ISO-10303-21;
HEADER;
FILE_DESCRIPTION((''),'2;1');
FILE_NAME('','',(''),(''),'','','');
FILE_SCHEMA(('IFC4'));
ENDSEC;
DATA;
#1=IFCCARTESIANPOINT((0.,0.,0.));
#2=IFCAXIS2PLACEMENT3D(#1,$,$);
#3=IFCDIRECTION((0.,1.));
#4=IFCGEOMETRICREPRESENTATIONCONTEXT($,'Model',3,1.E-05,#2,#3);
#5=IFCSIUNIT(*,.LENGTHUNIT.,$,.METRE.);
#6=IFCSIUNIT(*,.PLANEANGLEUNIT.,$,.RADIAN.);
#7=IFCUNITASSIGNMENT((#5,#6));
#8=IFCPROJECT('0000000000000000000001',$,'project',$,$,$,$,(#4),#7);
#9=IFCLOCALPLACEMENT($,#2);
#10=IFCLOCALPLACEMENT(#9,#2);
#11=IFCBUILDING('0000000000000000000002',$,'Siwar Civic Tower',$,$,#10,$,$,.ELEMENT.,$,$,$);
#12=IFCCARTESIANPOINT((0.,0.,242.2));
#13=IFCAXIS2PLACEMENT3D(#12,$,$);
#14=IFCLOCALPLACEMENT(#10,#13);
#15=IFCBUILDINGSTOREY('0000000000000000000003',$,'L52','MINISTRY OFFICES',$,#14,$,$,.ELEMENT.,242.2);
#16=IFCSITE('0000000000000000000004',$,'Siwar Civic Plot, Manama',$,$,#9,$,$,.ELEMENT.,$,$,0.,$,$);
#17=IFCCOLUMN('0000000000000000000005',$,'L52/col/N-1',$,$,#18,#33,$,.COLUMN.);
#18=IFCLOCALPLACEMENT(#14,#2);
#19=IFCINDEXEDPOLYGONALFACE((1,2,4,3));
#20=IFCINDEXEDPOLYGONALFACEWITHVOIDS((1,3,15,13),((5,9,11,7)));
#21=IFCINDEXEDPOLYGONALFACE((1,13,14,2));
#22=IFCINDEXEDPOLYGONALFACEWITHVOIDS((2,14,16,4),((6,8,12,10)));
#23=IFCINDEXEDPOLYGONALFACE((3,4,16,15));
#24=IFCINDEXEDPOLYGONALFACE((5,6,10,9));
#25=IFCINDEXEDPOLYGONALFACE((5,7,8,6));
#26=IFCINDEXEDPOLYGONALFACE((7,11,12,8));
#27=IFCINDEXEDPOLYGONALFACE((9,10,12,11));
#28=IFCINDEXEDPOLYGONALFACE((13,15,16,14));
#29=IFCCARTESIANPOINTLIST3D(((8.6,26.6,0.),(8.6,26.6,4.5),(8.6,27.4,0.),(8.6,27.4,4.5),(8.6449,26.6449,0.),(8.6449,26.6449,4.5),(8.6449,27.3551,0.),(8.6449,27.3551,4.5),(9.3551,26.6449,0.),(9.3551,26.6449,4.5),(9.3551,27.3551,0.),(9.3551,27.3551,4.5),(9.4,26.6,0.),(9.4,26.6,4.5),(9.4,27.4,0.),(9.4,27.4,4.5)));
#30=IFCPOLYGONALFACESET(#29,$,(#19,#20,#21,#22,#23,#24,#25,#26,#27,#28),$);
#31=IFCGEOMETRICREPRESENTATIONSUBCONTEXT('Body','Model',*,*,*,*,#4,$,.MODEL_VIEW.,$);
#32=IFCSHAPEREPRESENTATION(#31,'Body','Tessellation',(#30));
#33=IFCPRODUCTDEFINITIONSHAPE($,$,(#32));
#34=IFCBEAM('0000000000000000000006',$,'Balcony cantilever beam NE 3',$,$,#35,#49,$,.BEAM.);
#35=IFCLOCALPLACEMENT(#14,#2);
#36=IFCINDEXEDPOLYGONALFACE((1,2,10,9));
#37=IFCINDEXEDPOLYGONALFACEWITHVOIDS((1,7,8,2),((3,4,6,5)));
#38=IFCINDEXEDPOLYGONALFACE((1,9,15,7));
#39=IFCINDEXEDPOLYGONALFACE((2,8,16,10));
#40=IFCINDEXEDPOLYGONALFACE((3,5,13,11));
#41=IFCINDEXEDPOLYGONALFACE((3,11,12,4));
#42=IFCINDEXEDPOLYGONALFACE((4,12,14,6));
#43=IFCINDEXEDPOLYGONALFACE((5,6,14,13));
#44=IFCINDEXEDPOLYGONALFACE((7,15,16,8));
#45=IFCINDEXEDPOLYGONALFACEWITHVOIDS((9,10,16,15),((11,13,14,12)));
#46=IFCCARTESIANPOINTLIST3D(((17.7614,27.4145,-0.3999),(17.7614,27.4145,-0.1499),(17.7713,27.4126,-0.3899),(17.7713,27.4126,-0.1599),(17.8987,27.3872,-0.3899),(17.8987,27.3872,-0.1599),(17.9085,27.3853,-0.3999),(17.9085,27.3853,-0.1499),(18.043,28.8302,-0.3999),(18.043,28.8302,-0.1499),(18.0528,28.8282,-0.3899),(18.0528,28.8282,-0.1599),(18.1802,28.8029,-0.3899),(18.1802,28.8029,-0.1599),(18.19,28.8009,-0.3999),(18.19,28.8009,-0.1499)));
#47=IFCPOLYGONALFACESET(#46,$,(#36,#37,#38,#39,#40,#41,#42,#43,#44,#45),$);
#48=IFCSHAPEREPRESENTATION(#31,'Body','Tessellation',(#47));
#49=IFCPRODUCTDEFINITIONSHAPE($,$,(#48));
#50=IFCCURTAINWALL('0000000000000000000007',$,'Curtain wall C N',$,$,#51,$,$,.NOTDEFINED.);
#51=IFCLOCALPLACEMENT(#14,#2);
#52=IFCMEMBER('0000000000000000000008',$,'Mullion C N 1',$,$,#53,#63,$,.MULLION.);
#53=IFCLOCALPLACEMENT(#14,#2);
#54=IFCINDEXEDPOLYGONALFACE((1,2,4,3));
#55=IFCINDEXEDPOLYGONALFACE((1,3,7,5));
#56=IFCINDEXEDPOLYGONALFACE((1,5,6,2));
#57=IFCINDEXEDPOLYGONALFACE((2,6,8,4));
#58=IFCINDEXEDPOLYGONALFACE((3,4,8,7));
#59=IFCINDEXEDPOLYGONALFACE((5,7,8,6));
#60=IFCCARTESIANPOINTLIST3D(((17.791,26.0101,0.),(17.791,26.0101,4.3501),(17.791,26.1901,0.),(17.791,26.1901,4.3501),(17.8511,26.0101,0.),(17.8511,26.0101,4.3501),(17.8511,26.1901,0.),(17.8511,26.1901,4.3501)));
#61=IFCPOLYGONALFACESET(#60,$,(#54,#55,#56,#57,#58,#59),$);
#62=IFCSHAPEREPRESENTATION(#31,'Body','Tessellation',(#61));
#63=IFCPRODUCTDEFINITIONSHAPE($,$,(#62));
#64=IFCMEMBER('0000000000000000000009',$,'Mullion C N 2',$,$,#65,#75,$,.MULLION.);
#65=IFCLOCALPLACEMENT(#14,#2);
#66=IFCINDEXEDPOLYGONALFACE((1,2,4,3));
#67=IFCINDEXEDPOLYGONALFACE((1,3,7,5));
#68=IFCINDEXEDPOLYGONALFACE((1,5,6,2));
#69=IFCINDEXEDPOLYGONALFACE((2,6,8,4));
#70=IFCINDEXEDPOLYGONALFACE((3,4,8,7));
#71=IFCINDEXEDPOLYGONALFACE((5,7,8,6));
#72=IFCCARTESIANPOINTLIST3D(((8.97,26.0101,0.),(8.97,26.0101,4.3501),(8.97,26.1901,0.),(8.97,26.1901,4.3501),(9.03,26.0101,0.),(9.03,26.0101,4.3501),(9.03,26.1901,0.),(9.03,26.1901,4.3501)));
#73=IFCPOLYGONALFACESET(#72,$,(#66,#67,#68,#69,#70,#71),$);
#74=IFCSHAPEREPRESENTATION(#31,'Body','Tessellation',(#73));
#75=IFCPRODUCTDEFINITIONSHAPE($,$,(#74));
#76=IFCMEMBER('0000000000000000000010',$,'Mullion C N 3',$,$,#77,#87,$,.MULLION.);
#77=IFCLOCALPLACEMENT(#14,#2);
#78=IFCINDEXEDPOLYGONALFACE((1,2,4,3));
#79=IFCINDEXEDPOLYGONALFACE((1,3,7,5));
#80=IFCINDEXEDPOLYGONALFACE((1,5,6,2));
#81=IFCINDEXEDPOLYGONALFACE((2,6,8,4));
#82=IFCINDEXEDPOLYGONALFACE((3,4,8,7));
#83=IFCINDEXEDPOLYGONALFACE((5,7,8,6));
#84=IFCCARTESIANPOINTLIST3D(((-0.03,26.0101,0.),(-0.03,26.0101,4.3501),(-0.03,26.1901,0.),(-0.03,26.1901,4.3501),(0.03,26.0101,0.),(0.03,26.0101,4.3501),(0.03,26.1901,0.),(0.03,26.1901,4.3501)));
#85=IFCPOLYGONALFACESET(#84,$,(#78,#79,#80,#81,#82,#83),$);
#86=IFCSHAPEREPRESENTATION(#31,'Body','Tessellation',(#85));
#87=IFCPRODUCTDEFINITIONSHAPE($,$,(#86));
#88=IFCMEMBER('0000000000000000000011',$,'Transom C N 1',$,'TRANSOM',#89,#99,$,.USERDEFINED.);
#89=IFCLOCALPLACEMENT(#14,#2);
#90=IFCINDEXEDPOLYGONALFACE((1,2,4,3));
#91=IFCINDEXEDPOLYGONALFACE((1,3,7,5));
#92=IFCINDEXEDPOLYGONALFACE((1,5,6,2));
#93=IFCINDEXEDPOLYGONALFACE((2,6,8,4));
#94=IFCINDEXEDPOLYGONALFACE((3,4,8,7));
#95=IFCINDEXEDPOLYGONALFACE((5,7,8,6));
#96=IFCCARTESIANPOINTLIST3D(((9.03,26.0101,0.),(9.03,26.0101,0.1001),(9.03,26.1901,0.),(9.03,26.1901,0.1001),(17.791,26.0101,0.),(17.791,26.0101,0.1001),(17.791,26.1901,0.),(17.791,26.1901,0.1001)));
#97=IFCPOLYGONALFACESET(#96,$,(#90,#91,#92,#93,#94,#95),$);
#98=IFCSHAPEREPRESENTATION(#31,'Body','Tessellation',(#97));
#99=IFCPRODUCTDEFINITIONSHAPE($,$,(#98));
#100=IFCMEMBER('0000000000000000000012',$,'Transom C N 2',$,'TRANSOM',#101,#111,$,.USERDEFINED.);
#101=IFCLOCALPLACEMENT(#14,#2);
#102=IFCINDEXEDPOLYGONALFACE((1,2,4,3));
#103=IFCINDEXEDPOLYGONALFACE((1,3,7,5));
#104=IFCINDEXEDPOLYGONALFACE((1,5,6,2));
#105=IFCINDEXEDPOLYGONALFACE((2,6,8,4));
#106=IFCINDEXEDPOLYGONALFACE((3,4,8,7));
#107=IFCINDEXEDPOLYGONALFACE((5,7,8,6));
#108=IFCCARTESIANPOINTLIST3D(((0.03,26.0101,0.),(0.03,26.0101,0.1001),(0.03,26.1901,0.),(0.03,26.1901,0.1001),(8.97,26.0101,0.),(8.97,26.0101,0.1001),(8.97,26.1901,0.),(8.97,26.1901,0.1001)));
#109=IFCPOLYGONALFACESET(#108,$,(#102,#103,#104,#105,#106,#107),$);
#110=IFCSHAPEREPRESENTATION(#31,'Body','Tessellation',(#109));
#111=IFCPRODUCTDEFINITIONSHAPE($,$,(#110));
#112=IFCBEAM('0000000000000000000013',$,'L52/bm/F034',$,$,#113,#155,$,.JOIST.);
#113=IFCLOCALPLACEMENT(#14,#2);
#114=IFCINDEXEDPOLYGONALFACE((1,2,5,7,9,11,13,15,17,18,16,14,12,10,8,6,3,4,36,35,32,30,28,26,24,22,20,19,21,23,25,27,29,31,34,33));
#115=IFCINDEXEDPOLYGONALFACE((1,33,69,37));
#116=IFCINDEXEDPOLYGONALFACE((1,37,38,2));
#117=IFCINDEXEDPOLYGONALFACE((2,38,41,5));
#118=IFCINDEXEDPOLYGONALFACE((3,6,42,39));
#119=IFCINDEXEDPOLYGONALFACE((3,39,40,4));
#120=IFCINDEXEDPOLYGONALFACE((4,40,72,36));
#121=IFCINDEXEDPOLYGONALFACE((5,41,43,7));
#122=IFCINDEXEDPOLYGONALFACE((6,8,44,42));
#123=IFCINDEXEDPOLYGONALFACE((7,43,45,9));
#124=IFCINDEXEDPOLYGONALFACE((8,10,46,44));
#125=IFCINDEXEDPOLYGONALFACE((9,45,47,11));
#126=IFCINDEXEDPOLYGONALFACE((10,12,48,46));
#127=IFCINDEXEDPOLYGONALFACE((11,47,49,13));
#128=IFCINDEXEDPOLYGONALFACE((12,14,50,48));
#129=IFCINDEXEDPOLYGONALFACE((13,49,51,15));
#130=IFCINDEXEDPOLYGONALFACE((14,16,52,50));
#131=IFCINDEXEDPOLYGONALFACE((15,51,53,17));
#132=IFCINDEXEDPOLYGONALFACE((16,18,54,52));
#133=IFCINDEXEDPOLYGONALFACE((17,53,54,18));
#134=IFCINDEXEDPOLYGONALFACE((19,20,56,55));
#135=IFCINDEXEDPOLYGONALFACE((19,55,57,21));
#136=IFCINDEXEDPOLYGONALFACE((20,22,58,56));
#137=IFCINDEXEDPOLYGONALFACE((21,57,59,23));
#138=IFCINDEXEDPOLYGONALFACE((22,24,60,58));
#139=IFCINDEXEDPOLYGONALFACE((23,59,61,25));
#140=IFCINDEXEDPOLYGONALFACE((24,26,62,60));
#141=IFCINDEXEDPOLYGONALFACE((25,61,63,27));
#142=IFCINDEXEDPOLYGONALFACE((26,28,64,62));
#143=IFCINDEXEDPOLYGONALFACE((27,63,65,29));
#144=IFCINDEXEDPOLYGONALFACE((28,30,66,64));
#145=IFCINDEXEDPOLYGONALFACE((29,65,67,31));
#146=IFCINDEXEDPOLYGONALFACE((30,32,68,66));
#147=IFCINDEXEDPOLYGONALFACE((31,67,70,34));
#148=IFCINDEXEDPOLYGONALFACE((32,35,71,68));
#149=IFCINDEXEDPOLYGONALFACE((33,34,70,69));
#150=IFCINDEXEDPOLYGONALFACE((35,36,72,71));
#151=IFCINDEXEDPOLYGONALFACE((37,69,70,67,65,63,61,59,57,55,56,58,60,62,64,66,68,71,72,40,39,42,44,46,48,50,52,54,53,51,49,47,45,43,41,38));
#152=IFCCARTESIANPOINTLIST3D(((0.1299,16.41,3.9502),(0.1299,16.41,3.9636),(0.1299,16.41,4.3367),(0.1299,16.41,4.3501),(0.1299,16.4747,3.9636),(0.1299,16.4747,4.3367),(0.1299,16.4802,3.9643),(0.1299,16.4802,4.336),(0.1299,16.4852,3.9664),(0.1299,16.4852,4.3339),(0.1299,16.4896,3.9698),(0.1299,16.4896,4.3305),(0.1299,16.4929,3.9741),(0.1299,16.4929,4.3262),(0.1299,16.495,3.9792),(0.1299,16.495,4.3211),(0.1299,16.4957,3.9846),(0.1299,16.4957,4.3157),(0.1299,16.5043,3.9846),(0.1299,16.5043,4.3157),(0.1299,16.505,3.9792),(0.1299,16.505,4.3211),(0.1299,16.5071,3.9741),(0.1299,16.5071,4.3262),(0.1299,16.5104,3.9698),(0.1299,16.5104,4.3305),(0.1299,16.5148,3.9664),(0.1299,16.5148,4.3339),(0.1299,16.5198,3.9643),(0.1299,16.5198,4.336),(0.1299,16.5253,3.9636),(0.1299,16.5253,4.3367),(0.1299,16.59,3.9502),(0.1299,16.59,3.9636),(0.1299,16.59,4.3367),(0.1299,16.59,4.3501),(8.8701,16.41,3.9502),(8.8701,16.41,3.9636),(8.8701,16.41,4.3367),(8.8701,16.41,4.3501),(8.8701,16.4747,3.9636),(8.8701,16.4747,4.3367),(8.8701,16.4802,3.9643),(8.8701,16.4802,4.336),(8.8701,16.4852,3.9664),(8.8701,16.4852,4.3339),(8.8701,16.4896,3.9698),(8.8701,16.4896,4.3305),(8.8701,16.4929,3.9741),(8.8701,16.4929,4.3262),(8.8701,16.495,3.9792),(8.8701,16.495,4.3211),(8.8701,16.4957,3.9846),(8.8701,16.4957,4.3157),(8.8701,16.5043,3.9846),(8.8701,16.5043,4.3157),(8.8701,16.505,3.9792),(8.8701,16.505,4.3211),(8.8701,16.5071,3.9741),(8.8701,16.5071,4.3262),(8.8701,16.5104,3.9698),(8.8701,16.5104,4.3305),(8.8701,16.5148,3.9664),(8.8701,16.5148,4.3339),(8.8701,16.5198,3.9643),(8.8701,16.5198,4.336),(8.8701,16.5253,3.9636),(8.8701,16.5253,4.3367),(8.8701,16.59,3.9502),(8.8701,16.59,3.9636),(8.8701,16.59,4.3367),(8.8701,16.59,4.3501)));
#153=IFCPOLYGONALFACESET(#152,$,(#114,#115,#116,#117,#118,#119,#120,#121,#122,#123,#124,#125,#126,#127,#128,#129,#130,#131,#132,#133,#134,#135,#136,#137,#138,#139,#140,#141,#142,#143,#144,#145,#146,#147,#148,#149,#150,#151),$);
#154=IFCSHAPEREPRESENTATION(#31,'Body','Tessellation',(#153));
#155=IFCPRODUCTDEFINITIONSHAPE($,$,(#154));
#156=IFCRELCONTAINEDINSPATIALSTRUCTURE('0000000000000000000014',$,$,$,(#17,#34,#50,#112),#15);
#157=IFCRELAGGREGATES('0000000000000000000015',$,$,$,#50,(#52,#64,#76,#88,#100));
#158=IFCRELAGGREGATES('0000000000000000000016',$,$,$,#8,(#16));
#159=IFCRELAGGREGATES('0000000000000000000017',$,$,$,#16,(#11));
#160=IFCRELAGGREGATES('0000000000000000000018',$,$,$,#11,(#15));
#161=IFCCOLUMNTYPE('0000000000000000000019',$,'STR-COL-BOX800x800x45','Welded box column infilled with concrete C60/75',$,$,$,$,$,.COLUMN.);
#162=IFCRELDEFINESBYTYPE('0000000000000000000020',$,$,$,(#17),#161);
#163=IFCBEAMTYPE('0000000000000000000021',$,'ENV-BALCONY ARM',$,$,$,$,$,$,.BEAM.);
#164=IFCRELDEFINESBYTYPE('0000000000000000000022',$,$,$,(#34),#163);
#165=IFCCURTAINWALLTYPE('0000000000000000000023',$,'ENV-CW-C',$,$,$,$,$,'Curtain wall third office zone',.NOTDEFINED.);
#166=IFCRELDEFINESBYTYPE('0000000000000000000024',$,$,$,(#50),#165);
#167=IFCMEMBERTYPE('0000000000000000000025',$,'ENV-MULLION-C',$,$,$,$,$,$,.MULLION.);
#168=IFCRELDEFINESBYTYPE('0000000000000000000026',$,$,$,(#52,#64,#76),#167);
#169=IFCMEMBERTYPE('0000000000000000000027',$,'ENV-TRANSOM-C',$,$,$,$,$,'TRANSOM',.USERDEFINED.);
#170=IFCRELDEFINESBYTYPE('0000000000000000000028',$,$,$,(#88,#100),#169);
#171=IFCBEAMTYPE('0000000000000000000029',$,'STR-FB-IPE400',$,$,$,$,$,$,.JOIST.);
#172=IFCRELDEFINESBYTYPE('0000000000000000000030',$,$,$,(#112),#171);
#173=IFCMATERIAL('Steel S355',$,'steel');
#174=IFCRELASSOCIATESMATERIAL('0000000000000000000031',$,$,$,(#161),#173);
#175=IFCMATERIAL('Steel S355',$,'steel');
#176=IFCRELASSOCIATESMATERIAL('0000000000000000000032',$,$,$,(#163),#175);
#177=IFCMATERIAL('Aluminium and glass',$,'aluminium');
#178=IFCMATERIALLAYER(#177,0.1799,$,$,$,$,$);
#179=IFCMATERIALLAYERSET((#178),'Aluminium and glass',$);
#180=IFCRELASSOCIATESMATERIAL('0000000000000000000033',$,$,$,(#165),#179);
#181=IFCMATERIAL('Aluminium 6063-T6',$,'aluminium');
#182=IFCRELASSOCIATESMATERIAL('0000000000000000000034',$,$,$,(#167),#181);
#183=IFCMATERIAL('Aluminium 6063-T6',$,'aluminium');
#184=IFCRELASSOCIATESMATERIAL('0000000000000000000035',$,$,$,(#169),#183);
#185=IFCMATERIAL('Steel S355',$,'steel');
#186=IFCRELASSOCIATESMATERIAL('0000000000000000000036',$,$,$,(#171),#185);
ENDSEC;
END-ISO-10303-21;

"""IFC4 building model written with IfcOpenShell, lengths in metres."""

from ifc_helpers import new_model, si_unit, direction, frame, origin, origin_2d, place, context, subcontext, project, spatial, rectangle, hollow_rectangle, i_section, extrude, material, layer, layer_set, material_profile, profile_set, type_object, element, aggregate, save


model = new_model("IFC4")

# Units and contexts
model_context = context("Model", 3, precision=1e-05, world=origin(), true_north=direction((0.0, 1.0)))
body_context = subcontext(model_context, "Body", "Model", "MODEL_VIEW")
ifc_project = project(units=[si_unit("LENGTHUNIT", "METRE"), si_unit("PLANEANGLEUNIT", "RADIAN")], contexts=[model_context])

# Site, building, storey
site_placement = place(None, origin())
site = spatial("IfcSite", under=ifc_project, at=site_placement, Name="Siwar Civic Plot, Manama", CompositionType="ELEMENT", RefElevation=0.0)
building_placement = place(site_placement, origin())
building = spatial("IfcBuilding", under=site, at=building_placement, Name="Siwar Civic Tower", CompositionType="ELEMENT")
storey_placement = place(building_placement, frame((0.0, 0.0, 242.2)))
storey = spatial("IfcBuildingStorey", under=building, at=storey_placement, Name="L52", Description="MINISTRY OFFICES", CompositionType="ELEMENT", Elevation=242.2)

# Column
ifc_material_1 = material(Name="Steel S355", Category="steel")
ifc_material_profile_1 = material_profile(ifc_material_1, hollow_rectangle(XDim=0.8, YDim=0.8, WallThickness=0.0449, at=origin_2d()), Name="BOX800x800x45")
ifc_profile_set_1 = profile_set([ifc_material_profile_1], Name="Steel S355")
column_type = type_object("IfcColumnType", Name="STR-COL-BOX800x800x45", Description="Welded box column infilled with concrete C60/75", PredefinedType="COLUMN", material=ifc_profile_set_1)
column_placement = place(storey_placement, frame((9.0, 27.0, 0.0), z_axis=(0.0, 0.0, 1.0), x_axis=(1.0, 0.0, 0.0)))
element("IfcColumn", 1, at=column_placement, inside=storey, type_object=column_type, Name="L52/col/N-1", PredefinedType="COLUMN", context=body_context, shape_type="SweptSolid", body=[
    extrude(hollow_rectangle(XDim=0.8, YDim=0.8, WallThickness=0.0449, at=origin_2d()), origin(), (0.0, 0.0, 1.0), 4.5),
])

# Beam
ifc_material_2 = material(Name="Steel S355", Category="steel")
ifc_material_profile_2 = material_profile(ifc_material_2, hollow_rectangle(XDim=0.1499, YDim=0.25, WallThickness=0.01, at=origin_2d()), Name="RHS250x150x10")
ifc_profile_set_2 = profile_set([ifc_material_profile_2], Name="Steel S355")
beam_type_1 = type_object("IfcBeamType", Name="ENV-BALCONY ARM", PredefinedType="BEAM", material=ifc_profile_set_2)
beam_1_placement = place(storey_placement, frame((17.835, 27.3999, -0.2749), z_axis=(0.195042, 0.980795, 0.0), x_axis=(-0.980795, 0.195042, 0.0)))
element("IfcBeam", 2, at=beam_1_placement, inside=storey, type_object=beam_type_1, Name="Balcony cantilever beam NE 3", PredefinedType="BEAM", context=body_context, shape_type="SweptSolid", body=[
    extrude(hollow_rectangle(XDim=0.1499, YDim=0.25, WallThickness=0.01, at=origin_2d()), origin(), (0.0, 0.0, 1.0), 1.4434),
])

# Curtain wall, members
ifc_material_3 = material(Name="Aluminium and glass", Category="aluminium")
ifc_layer_1 = layer(ifc_material_3, 0.1799)
ifc_layer_set_1 = layer_set([ifc_layer_1], Name="Aluminium and glass")
curtain_wall_type = type_object("IfcCurtainWallType", Name="ENV-CW-C", ElementType="Curtain wall third office zone", PredefinedType="NOTDEFINED", material=ifc_layer_set_1)
curtain_wall_placement = place(storey_placement, origin())
curtain_wall = element("IfcCurtainWall", 3, at=curtain_wall_placement, inside=storey, type_object=curtain_wall_type, Name="Curtain wall C N", PredefinedType="NOTDEFINED")
ifc_material_4 = material(Name="Aluminium 6063-T6", Category="aluminium")
ifc_material_profile_3 = material_profile(ifc_material_4, rectangle(XDim=0.1799, YDim=0.0601, at=origin_2d()), Name="AL 180x60")
ifc_profile_set_3 = profile_set([ifc_material_profile_3], Name="Aluminium 6063-T6")
member_type_1 = type_object("IfcMemberType", Name="ENV-MULLION-C", PredefinedType="MULLION", material=ifc_profile_set_3)
member_1_placement = place(storey_placement, frame((17.821, 26.1001, 0.0), z_axis=(0.0, 0.0, 1.0), x_axis=(0.0, -1.0, 0.0)))
member_1 = element("IfcMember", 4, at=member_1_placement, type_object=member_type_1, Name="Mullion C N 1", PredefinedType="MULLION", context=body_context, shape_type="SweptSolid", body=[
    extrude(rectangle(XDim=0.1799, YDim=0.0601, at=origin_2d()), origin(), (0.0, 0.0, 1.0), 4.3501),
])
member_2_placement = place(storey_placement, frame((9.0, 26.1001, 0.0), z_axis=(0.0, 0.0, 1.0), x_axis=(0.0, -1.0, 0.0)))
member_2 = element("IfcMember", 5, at=member_2_placement, type_object=member_type_1, Name="Mullion C N 2", PredefinedType="MULLION", context=body_context, shape_type="SweptSolid", body=[
    extrude(rectangle(XDim=0.1799, YDim=0.0601, at=origin_2d()), origin(), (0.0, 0.0, 1.0), 4.3501),
])
member_3_placement = place(storey_placement, frame((0.0, 26.1001, 0.0), z_axis=(0.0, 0.0, 1.0), x_axis=(0.0, -1.0, 0.0)))
member_3 = element("IfcMember", 6, at=member_3_placement, type_object=member_type_1, Name="Mullion C N 3", PredefinedType="MULLION", context=body_context, shape_type="SweptSolid", body=[
    extrude(rectangle(XDim=0.1799, YDim=0.0601, at=origin_2d()), origin(), (0.0, 0.0, 1.0), 4.3501),
])
ifc_material_5 = material(Name="Aluminium 6063-T6", Category="aluminium")
ifc_material_profile_4 = material_profile(ifc_material_5, rectangle(XDim=0.1799, YDim=0.1001, at=origin_2d()), Name="AL 180x100")
ifc_profile_set_4 = profile_set([ifc_material_profile_4], Name="Aluminium 6063-T6")
member_type_2 = type_object("IfcMemberType", Name="ENV-TRANSOM-C", ElementType="TRANSOM", PredefinedType="USERDEFINED", material=ifc_profile_set_4)
member_4_placement = place(storey_placement, frame((17.791, 26.1001, 0.05), z_axis=(-1.0, 0.0, 0.0), x_axis=(0.0, -1.0, 0.0)))
member_4 = element("IfcMember", 7, at=member_4_placement, type_object=member_type_2, Name="Transom C N 1", ObjectType="TRANSOM", PredefinedType="USERDEFINED", context=body_context, shape_type="SweptSolid", body=[
    extrude(rectangle(XDim=0.1799, YDim=0.1001, at=origin_2d()), origin(), (0.0, 0.0, 1.0), 8.761),
])
member_5_placement = place(storey_placement, frame((8.97, 26.1001, 0.05), z_axis=(-1.0, 0.0, 0.0), x_axis=(0.0, -1.0, 0.0)))
member_5 = element("IfcMember", 8, at=member_5_placement, type_object=member_type_2, Name="Transom C N 2", ObjectType="TRANSOM", PredefinedType="USERDEFINED", context=body_context, shape_type="SweptSolid", body=[
    extrude(rectangle(XDim=0.1799, YDim=0.1001, at=origin_2d()), origin(), (0.0, 0.0, 1.0), 8.9399),
])

# Beam
ifc_material_6 = material(Name="Steel S355", Category="steel")
ifc_material_profile_5 = material_profile(ifc_material_6, i_section(OverallWidth=0.1799, OverallDepth=0.3999, WebThickness=0.0085, FlangeThickness=0.0134, FilletRadius=0.021, at=origin_2d()), Name="IPE400")
ifc_profile_set_5 = profile_set([ifc_material_profile_5], Name="Steel S355")
beam_type_2 = type_object("IfcBeamType", Name="STR-FB-IPE400", PredefinedType="JOIST", material=ifc_profile_set_5)
for number, where, z_axis, x_axis, name in (
    (9, (0.1299, 16.5, 4.1501), (1.0, 0.0, 0.0), (0.0, 1.0, 0.0), "L52/bm/F034"),
):
    element("IfcBeam", number, at=place(storey_placement, frame(where, z_axis=z_axis, x_axis=x_axis)), inside=storey, type_object=beam_type_2, Name=name, PredefinedType="JOIST", context=body_context, shape_type="SweptSolid", body=[
        extrude(i_section(OverallWidth=0.1799, OverallDepth=0.3999, WebThickness=0.0085, FlangeThickness=0.0134, FilletRadius=0.021, at=origin_2d()), origin(), (0.0, 0.0, 1.0), 8.7402),
    ])

aggregate(curtain_wall, [member_1, member_2, member_3, member_4, member_5])

save(model, "model.ifc")
